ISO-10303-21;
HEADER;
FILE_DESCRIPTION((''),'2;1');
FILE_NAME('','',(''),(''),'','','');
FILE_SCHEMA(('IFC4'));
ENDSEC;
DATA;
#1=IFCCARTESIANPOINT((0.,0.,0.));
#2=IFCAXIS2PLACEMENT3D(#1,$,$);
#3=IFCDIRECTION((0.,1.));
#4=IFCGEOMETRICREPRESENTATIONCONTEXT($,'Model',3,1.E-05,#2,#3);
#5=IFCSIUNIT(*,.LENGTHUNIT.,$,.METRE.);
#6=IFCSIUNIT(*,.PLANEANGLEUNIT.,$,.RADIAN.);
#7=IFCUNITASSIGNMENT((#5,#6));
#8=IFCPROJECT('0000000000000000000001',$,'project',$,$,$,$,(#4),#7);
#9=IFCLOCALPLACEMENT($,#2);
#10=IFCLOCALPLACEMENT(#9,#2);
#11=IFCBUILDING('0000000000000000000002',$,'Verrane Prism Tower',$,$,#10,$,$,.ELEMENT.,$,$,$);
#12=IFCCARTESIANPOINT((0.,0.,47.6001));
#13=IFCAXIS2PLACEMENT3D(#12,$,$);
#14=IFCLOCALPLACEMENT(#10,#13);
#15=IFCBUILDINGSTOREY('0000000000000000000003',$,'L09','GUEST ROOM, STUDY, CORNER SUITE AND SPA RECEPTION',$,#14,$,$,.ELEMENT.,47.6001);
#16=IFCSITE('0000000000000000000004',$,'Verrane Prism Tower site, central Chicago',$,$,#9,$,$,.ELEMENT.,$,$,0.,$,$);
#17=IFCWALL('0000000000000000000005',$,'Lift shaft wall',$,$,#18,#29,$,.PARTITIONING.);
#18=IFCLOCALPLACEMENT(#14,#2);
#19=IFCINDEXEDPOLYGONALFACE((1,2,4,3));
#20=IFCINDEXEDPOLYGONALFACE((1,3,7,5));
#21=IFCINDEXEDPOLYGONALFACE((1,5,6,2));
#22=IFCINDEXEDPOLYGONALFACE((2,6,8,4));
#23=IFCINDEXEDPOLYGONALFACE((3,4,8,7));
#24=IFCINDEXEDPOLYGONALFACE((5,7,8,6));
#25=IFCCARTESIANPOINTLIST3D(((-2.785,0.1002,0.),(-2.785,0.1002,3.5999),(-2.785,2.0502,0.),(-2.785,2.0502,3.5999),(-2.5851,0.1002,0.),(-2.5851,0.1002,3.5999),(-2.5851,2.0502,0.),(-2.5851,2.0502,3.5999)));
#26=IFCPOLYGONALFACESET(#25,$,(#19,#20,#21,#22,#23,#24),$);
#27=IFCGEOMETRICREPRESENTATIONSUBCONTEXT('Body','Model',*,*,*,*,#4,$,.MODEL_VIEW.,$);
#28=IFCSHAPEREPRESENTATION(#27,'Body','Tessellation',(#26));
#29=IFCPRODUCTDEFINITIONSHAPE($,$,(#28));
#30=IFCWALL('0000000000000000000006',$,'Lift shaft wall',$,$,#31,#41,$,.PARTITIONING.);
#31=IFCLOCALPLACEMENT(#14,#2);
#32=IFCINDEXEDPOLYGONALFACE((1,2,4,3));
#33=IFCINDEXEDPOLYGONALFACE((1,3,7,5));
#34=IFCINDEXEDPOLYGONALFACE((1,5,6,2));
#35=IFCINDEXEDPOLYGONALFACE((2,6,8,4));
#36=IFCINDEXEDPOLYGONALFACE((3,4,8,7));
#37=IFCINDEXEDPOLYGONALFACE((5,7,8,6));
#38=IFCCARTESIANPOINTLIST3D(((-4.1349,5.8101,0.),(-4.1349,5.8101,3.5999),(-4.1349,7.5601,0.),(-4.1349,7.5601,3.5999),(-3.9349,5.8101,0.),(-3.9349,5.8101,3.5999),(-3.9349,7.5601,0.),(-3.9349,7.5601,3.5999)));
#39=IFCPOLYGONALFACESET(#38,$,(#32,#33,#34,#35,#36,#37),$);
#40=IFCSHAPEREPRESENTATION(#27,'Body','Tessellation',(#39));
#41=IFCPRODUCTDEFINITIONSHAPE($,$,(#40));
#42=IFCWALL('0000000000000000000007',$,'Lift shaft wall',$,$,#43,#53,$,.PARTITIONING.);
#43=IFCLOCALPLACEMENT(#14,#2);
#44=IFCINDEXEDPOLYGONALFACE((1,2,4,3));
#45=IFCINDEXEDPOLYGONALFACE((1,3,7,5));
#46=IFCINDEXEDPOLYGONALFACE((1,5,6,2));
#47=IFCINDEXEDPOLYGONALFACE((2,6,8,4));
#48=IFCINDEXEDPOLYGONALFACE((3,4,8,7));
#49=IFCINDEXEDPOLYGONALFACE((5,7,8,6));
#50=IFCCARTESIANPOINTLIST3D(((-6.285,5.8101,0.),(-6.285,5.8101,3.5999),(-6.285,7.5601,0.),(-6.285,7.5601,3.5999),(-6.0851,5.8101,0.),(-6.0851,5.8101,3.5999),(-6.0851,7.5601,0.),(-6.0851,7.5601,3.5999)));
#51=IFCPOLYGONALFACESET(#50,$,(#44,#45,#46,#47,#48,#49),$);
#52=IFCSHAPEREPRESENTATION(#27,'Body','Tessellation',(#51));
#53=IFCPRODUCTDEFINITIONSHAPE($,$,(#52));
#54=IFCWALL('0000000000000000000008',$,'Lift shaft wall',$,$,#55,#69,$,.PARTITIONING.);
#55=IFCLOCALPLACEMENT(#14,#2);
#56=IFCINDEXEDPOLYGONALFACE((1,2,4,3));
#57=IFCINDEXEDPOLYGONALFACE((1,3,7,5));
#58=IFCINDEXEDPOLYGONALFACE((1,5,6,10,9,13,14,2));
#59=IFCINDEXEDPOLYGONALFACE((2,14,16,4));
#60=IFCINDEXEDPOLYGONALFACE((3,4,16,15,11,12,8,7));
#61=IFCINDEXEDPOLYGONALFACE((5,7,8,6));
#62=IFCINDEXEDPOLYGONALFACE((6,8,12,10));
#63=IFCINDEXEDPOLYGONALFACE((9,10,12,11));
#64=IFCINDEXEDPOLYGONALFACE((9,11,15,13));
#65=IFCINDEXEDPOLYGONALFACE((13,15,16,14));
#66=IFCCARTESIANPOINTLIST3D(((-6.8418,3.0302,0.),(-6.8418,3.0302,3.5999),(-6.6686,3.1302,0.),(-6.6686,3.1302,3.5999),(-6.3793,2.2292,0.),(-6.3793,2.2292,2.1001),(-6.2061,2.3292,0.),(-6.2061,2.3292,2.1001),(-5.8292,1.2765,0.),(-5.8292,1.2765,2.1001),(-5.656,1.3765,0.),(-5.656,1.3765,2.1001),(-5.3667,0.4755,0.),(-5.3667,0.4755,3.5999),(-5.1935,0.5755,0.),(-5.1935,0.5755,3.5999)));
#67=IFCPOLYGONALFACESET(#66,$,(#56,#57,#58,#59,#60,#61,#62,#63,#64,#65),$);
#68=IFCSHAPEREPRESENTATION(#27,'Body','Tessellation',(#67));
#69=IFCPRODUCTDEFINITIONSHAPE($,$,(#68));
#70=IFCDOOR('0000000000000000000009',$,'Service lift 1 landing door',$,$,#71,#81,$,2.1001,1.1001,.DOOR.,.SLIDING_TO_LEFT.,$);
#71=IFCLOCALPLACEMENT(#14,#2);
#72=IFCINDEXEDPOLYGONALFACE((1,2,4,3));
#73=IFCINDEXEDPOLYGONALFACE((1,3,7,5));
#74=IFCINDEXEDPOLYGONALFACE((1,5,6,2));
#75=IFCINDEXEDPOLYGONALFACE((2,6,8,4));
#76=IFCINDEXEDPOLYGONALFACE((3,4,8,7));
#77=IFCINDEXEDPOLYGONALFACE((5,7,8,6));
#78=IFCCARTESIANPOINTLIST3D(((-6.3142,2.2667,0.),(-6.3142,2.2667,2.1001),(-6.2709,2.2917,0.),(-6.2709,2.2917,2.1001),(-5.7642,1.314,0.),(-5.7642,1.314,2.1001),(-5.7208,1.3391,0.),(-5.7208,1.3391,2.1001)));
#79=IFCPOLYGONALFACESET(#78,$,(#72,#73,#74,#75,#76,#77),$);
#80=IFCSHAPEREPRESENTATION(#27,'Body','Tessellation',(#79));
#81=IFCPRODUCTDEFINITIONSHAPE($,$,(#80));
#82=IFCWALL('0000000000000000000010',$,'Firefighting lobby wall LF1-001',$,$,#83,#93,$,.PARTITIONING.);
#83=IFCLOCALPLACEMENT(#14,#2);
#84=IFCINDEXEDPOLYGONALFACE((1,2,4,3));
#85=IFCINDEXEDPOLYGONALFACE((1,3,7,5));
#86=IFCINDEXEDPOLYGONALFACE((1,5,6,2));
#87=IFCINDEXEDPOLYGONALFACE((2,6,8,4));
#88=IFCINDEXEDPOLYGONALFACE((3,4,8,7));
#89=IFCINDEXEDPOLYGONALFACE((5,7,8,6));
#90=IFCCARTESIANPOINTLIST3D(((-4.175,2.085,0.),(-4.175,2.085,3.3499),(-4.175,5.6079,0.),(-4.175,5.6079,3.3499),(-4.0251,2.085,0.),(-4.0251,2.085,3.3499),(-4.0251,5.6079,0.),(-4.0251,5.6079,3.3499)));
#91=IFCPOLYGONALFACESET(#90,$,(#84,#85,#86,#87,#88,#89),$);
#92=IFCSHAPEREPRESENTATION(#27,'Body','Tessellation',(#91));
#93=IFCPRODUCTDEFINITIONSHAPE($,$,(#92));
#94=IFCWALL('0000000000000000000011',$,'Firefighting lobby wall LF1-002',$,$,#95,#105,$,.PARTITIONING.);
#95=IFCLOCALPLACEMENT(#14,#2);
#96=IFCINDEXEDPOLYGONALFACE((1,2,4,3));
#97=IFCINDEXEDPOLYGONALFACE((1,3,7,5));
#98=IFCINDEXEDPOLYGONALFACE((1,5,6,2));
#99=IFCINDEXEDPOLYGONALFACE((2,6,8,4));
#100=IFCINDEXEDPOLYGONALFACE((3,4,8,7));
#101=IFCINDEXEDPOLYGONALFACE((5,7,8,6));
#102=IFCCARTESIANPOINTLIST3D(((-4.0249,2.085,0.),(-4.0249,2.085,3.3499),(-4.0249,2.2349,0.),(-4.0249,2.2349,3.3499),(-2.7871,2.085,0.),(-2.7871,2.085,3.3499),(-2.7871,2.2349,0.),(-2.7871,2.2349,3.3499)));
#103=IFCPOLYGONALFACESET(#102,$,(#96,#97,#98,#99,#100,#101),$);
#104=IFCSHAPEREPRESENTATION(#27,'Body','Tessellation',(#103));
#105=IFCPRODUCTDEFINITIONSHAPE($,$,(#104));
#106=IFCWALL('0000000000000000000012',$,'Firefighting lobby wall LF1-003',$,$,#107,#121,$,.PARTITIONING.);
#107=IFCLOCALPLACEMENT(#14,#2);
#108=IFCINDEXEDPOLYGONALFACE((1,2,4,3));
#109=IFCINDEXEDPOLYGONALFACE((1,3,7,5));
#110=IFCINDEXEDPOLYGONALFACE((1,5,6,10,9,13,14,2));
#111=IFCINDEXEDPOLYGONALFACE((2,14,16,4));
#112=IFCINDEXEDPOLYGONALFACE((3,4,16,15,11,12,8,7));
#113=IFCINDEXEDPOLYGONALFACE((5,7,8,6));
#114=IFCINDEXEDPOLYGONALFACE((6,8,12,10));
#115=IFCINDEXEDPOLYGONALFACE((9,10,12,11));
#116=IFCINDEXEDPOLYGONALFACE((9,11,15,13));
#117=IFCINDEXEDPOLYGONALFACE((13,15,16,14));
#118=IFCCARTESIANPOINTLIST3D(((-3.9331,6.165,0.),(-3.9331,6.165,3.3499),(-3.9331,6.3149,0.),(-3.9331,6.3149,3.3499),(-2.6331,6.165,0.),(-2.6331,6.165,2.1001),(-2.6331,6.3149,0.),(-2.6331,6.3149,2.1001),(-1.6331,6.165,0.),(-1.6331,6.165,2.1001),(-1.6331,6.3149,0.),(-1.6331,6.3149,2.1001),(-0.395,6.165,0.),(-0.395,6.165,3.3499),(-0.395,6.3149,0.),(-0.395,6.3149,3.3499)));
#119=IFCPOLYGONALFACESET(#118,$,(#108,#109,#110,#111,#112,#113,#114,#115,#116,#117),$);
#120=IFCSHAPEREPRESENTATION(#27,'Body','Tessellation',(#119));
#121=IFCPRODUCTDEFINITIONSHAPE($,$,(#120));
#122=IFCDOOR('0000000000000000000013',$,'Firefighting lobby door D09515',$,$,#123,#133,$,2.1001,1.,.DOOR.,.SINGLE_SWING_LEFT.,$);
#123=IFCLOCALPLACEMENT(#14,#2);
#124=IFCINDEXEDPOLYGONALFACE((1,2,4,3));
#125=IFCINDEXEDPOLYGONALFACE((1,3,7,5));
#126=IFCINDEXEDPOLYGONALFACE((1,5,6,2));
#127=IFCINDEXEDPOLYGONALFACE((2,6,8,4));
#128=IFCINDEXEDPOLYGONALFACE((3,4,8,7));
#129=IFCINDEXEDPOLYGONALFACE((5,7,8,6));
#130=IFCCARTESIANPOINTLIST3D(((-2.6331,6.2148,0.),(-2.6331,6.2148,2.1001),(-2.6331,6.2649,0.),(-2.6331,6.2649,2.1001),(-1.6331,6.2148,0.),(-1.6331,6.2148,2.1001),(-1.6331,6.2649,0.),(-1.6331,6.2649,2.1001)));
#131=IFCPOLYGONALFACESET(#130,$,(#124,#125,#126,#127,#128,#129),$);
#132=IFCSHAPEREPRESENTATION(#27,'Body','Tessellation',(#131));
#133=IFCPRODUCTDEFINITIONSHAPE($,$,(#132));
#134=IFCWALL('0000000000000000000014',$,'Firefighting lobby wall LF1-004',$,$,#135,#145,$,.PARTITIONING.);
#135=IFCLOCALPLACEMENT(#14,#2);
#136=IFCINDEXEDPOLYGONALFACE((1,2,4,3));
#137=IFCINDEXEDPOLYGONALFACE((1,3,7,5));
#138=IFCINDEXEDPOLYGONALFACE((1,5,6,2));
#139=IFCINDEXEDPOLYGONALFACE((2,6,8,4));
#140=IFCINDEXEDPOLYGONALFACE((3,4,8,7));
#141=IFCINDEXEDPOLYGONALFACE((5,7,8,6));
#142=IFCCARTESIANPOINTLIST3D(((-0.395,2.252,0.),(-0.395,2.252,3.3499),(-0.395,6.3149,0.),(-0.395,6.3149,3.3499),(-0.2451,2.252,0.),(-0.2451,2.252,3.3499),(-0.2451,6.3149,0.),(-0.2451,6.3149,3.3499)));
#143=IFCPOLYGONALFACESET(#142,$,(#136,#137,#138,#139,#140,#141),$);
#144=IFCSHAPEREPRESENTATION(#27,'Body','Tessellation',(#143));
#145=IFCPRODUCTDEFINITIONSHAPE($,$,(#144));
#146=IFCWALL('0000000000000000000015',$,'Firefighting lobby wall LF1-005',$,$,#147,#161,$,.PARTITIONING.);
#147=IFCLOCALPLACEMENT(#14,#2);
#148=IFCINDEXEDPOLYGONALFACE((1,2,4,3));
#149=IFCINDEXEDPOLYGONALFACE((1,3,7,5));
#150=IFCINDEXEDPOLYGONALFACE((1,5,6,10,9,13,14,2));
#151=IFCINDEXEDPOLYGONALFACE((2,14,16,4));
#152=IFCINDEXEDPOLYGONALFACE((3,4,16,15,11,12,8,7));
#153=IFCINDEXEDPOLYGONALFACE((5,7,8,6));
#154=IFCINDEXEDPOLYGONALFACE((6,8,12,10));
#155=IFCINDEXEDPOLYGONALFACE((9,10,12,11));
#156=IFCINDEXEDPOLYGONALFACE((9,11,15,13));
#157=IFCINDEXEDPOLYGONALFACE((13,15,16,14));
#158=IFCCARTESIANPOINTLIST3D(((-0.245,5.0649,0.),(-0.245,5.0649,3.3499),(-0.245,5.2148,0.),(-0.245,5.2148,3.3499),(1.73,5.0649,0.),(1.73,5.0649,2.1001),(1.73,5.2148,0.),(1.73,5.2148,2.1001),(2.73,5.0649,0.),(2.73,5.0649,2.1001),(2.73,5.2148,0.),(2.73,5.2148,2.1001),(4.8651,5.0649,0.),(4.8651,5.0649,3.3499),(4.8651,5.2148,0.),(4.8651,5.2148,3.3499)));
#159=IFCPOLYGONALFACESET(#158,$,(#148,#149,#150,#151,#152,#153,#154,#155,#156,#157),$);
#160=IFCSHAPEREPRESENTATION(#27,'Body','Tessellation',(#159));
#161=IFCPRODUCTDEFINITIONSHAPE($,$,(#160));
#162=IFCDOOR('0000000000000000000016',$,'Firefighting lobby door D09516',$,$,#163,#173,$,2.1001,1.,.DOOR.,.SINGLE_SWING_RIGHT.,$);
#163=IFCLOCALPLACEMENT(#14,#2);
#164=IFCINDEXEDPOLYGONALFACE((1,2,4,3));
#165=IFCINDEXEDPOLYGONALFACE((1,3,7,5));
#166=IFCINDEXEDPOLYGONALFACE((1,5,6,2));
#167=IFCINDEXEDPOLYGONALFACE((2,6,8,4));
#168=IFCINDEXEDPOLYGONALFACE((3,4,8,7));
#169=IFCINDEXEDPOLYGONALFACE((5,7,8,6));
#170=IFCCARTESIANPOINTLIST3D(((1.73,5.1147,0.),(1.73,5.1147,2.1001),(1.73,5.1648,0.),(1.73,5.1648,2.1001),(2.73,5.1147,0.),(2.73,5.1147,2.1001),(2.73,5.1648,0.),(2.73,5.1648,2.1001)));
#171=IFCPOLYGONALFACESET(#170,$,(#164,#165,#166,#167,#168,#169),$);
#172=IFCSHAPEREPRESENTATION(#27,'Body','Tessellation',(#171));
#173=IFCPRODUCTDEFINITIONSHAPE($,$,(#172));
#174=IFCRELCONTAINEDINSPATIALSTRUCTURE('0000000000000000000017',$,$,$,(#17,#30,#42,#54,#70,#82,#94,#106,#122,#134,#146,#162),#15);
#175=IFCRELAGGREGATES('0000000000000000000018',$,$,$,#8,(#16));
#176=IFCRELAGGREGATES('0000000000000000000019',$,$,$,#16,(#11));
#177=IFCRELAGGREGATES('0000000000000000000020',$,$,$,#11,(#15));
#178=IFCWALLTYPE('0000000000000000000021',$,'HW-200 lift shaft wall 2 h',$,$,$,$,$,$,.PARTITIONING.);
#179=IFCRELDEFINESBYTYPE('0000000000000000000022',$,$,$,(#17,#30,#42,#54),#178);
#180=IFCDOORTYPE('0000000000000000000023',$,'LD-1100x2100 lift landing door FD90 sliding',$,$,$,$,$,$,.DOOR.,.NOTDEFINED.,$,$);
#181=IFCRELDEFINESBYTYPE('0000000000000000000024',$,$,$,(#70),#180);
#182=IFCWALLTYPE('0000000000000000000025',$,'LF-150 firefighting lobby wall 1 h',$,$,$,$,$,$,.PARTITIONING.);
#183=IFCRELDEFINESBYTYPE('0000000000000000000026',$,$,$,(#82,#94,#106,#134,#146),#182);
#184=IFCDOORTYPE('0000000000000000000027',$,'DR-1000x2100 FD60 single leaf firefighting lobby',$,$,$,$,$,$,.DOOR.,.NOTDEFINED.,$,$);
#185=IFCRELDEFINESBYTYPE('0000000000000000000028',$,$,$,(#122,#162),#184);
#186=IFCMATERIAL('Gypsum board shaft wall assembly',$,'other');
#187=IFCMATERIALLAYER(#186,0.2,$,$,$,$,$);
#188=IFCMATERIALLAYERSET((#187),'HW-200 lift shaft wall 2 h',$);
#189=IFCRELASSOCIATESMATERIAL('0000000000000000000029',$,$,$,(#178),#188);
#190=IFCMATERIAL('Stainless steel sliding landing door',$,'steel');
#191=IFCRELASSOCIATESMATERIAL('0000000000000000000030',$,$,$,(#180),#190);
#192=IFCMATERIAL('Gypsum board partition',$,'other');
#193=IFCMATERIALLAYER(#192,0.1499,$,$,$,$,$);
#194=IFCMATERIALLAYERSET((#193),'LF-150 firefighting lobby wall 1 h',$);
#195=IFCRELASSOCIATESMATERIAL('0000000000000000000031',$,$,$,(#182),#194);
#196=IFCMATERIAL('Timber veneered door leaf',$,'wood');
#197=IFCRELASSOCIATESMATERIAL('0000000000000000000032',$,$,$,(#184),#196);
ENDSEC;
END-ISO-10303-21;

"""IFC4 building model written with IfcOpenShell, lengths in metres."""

from ifc_helpers import new_model, si_unit, direction, frame, frame_2d, origin, place, context, subcontext, project, spatial, rectangle, extrude, material, layer, layer_set, type_object, element, fill, save


model = new_model("IFC4")

# Units and contexts
model_context = context("Model", 3, precision=1e-05, world=origin(), true_north=direction((0.0, 1.0)))
body_context = subcontext(model_context, "Body", "Model", "MODEL_VIEW")
ifc_project = project(units=[si_unit("LENGTHUNIT", "METRE"), si_unit("PLANEANGLEUNIT", "RADIAN")], contexts=[model_context])

# Site, building, storey
site_placement = place(None, origin())
site = spatial("IfcSite", under=ifc_project, at=site_placement, Name="Verrane Prism Tower site, central Chicago", CompositionType="ELEMENT", RefElevation=0.0)
building_placement = place(site_placement, origin())
building = spatial("IfcBuilding", under=site, at=building_placement, Name="Verrane Prism Tower", CompositionType="ELEMENT")
storey_placement = place(building_placement, frame((0.0, 0.0, 47.6001)))
storey = spatial("IfcBuildingStorey", under=building, at=storey_placement, Name="L09", Description="GUEST ROOM, STUDY, CORNER SUITE AND SPA RECEPTION", CompositionType="ELEMENT", Elevation=47.6001)

# Shared definitions
ifc_material_1 = material(Name="Gypsum board shaft wall assembly", Category="other")
ifc_layer_1 = layer(ifc_material_1, 0.2)
ifc_layer_set_1 = layer_set([ifc_layer_1], Name="HW-200 lift shaft wall 2 h")
wall_type_1 = type_object("IfcWallType", Name="HW-200 lift shaft wall 2 h", PredefinedType="PARTITIONING", material=ifc_layer_set_1)
ifc_material_2 = material(Name="Stainless steel sliding landing door", Category="steel")
door_type_1 = type_object("IfcDoorType", Name="LD-1100x2100 lift landing door FD90 sliding", OperationType="NOTDEFINED", PredefinedType="DOOR", material=ifc_material_2)

# Walls
wall_1_placement = place(storey_placement, frame((-2.6851, 0.1001, 0.0), z_axis=(0.0, 0.0, 1.0), x_axis=(0.0, 1.0, 0.0)))
element("IfcWall", 1, at=wall_1_placement, inside=storey, type_object=wall_type_1, Name="Lift shaft wall", PredefinedType="PARTITIONING", context=body_context, shape_type="SweptSolid", body=[
    extrude(rectangle(XDim=1.95, YDim=0.2, at=frame_2d((0.9751, 0.0))), origin(), (0.0, 0.0, 1.0), 3.5999),
])
for number, where, z_axis, x_axis, name in (
    (2, (-4.0349, 5.8101, 0.0), (0.0, 0.0, 1.0), (0.0, 1.0, 0.0), "Lift shaft wall"),
    (3, (-6.1851, 5.8101, 0.0), (0.0, 0.0, 1.0), (0.0, 1.0, 0.0), "Lift shaft wall"),
):
    element("IfcWall", number, at=place(storey_placement, frame(where, z_axis=z_axis, x_axis=x_axis)), inside=storey, type_object=wall_type_1, Name=name, PredefinedType="PARTITIONING", context=body_context, shape_type="SweptSolid", body=[
        extrude(rectangle(XDim=1.75, YDim=0.2, at=frame_2d((0.875, 0.0))), origin(), (0.0, 0.0, 1.0), 3.5999),
    ])

# Wall, opening, door
wall_2_placement = place(storey_placement, frame((-5.28, 0.5254, 0.0), z_axis=(0.0, 0.0, 1.0), x_axis=(-0.500038, 0.866004, 0.0)))
wall_2 = element("IfcWall", 4, at=wall_2_placement, inside=storey, type_object=wall_type_1, Name="Lift shaft wall", PredefinedType="PARTITIONING", context=body_context, shape_type="SweptSolid", body=[
    extrude(rectangle(XDim=2.95, YDim=0.2, at=frame_2d((1.4751, 0.0))), origin(), (0.0, 0.0, 1.0), 3.5999),
])
opening_1_placement = place(wall_2_placement, frame((0.925, 0.0, 0.0)))
opening_1 = element("IfcOpeningElement", 5, at=opening_1_placement, cuts=wall_2, PredefinedType="OPENING", context=body_context, shape_type="SweptSolid", body=[
    extrude(rectangle(XDim=1.1001, YDim=2.1001, at=frame_2d((0.55, 1.05))), frame((0.0, 0.1099, 0.0), z_axis=(0.0, -1.0, 0.0), x_axis=(1.0, 0.0, 0.0)), (0.0, 0.0, 1.0), 0.22),
])
door_1_placement = place(opening_1_placement, origin())
door_1 = element("IfcDoor", 6, at=door_1_placement, inside=storey, type_object=door_type_1, Name="Service lift 1 landing door", OperationType="SLIDING_TO_LEFT", OverallHeight=2.1001, OverallWidth=1.1001, PredefinedType="DOOR", context=body_context, shape_type="SweptSolid", body=[
    extrude(rectangle(XDim=1.1001, YDim=2.1001, at=frame_2d((0.55, 1.05))), frame((0.0, 0.0249, 0.0), z_axis=(0.0, -1.0, 0.0), x_axis=(1.0, 0.0, 0.0)), (0.0, 0.0, 1.0), 0.05),
])
fill(opening_1, door_1)

# Walls
ifc_material_3 = material(Name="Gypsum board partition", Category="other")
ifc_layer_2 = layer(ifc_material_3, 0.1499)
ifc_layer_set_2 = layer_set([ifc_layer_2], Name="LF-150 firefighting lobby wall 1 h")
wall_type_2 = type_object("IfcWallType", Name="LF-150 firefighting lobby wall 1 h", PredefinedType="PARTITIONING", material=ifc_layer_set_2)
wall_3_placement = place(storey_placement, frame((-4.1001, 2.085, 0.0), z_axis=(0.0, 0.0, 1.0), x_axis=(0.0, 1.0, 0.0)))
element("IfcWall", 7, at=wall_3_placement, inside=storey, type_object=wall_type_2, Name="Firefighting lobby wall LF1-001", PredefinedType="PARTITIONING", context=body_context, shape_type="SweptSolid", body=[
    extrude(rectangle(XDim=3.5229, YDim=0.1499, at=frame_2d((1.7615, 0.0))), origin(), (0.0, 0.0, 1.0), 3.3499),
])
wall_4_placement = place(storey_placement, frame((-4.0249, 2.1599, 0.0), z_axis=(0.0, 0.0, 1.0), x_axis=(1.0, 0.0, 0.0)))
element("IfcWall", 8, at=wall_4_placement, inside=storey, type_object=wall_type_2, Name="Firefighting lobby wall LF1-002", PredefinedType="PARTITIONING", context=body_context, shape_type="SweptSolid", body=[
    extrude(rectangle(XDim=1.2378, YDim=0.1499, at=frame_2d((0.6189, 0.0))), origin(), (0.0, 0.0, 1.0), 3.3499),
])

# Wall, opening, door
wall_5_placement = place(storey_placement, frame((-3.9331, 6.24, 0.0), z_axis=(0.0, 0.0, 1.0), x_axis=(1.0, 0.0, 0.0)))
wall_5 = element("IfcWall", 9, at=wall_5_placement, inside=storey, type_object=wall_type_2, Name="Firefighting lobby wall LF1-003", PredefinedType="PARTITIONING", context=body_context, shape_type="SweptSolid", body=[
    extrude(rectangle(XDim=3.5381, YDim=0.1499, at=frame_2d((1.769, 0.0))), origin(), (0.0, 0.0, 1.0), 3.3499),
])
opening_2_placement = place(wall_5_placement, frame((1.3, 0.0, 0.0)))
opening_2 = element("IfcOpeningElement", 10, at=opening_2_placement, cuts=wall_5, PredefinedType="OPENING", context=body_context, shape_type="SweptSolid", body=[
    extrude(rectangle(XDim=1.0, YDim=2.1001, at=frame_2d((0.5, 1.05))), frame((0.0, 0.085, 0.0), z_axis=(0.0, -1.0, 0.0), x_axis=(1.0, 0.0, 0.0)), (0.0, 0.0, 1.0), 0.1699),
])
ifc_material_4 = material(Name="Timber veneered door leaf", Category="wood")
door_type_2 = type_object("IfcDoorType", Name="DR-1000x2100 FD60 single leaf firefighting lobby", OperationType="NOTDEFINED", PredefinedType="DOOR", material=ifc_material_4)
door_2_placement = place(opening_2_placement, origin())
door_2 = element("IfcDoor", 11, at=door_2_placement, inside=storey, type_object=door_type_2, Name="Firefighting lobby door D09515", OperationType="SINGLE_SWING_LEFT", OverallHeight=2.1001, OverallWidth=1.0, PredefinedType="DOOR", context=body_context, shape_type="SweptSolid", body=[
    extrude(rectangle(XDim=1.0, YDim=2.1001, at=frame_2d((0.5, 1.05))), frame((0.0, 0.0249, 0.0), z_axis=(0.0, -1.0, 0.0), x_axis=(1.0, 0.0, 0.0)), (0.0, 0.0, 1.0), 0.05),
])
fill(opening_2, door_2)

# Wall
wall_6_placement = place(storey_placement, frame((-0.3201, 2.252, 0.0), z_axis=(0.0, 0.0, 1.0), x_axis=(0.0, 1.0, 0.0)))
element("IfcWall", 12, at=wall_6_placement, inside=storey, type_object=wall_type_2, Name="Firefighting lobby wall LF1-004", PredefinedType="PARTITIONING", context=body_context, shape_type="SweptSolid", body=[
    extrude(rectangle(XDim=4.063, YDim=0.1499, at=frame_2d((2.0315, 0.0))), origin(), (0.0, 0.0, 1.0), 3.3499),
])

# Wall, opening, door
wall_7_placement = place(storey_placement, frame((-0.2451, 5.1399, 0.0), z_axis=(0.0, 0.0, 1.0), x_axis=(1.0, 0.0, 0.0)))
wall_7 = element("IfcWall", 13, at=wall_7_placement, inside=storey, type_object=wall_type_2, Name="Firefighting lobby wall LF1-005", PredefinedType="PARTITIONING", context=body_context, shape_type="SweptSolid", body=[
    extrude(rectangle(XDim=5.1101, YDim=0.1499, at=frame_2d((2.5552, 0.0))), origin(), (0.0, 0.0, 1.0), 3.3499),
])
opening_3_placement = place(wall_7_placement, frame((1.9751, 0.0, 0.0)))
opening_3 = element("IfcOpeningElement", 14, at=opening_3_placement, cuts=wall_7, PredefinedType="OPENING", context=body_context, shape_type="SweptSolid", body=[
    extrude(rectangle(XDim=1.0, YDim=2.1001, at=frame_2d((0.5, 1.05))), frame((0.0, 0.085, 0.0), z_axis=(0.0, -1.0, 0.0), x_axis=(1.0, 0.0, 0.0)), (0.0, 0.0, 1.0), 0.1699),
])
door_3_placement = place(opening_3_placement, origin())
door_3 = element("IfcDoor", 15, at=door_3_placement, inside=storey, type_object=door_type_2, Name="Firefighting lobby door D09516", OperationType="SINGLE_SWING_RIGHT", OverallHeight=2.1001, OverallWidth=1.0, PredefinedType="DOOR", context=body_context, shape_type="SweptSolid", body=[
    extrude(rectangle(XDim=1.0, YDim=2.1001, at=frame_2d((0.5, 1.05))), frame((0.0, 0.0249, 0.0), z_axis=(0.0, -1.0, 0.0), x_axis=(1.0, 0.0, 0.0)), (0.0, 0.0, 1.0), 0.05),
])
fill(opening_3, door_3)

save(model, "model.ifc")
